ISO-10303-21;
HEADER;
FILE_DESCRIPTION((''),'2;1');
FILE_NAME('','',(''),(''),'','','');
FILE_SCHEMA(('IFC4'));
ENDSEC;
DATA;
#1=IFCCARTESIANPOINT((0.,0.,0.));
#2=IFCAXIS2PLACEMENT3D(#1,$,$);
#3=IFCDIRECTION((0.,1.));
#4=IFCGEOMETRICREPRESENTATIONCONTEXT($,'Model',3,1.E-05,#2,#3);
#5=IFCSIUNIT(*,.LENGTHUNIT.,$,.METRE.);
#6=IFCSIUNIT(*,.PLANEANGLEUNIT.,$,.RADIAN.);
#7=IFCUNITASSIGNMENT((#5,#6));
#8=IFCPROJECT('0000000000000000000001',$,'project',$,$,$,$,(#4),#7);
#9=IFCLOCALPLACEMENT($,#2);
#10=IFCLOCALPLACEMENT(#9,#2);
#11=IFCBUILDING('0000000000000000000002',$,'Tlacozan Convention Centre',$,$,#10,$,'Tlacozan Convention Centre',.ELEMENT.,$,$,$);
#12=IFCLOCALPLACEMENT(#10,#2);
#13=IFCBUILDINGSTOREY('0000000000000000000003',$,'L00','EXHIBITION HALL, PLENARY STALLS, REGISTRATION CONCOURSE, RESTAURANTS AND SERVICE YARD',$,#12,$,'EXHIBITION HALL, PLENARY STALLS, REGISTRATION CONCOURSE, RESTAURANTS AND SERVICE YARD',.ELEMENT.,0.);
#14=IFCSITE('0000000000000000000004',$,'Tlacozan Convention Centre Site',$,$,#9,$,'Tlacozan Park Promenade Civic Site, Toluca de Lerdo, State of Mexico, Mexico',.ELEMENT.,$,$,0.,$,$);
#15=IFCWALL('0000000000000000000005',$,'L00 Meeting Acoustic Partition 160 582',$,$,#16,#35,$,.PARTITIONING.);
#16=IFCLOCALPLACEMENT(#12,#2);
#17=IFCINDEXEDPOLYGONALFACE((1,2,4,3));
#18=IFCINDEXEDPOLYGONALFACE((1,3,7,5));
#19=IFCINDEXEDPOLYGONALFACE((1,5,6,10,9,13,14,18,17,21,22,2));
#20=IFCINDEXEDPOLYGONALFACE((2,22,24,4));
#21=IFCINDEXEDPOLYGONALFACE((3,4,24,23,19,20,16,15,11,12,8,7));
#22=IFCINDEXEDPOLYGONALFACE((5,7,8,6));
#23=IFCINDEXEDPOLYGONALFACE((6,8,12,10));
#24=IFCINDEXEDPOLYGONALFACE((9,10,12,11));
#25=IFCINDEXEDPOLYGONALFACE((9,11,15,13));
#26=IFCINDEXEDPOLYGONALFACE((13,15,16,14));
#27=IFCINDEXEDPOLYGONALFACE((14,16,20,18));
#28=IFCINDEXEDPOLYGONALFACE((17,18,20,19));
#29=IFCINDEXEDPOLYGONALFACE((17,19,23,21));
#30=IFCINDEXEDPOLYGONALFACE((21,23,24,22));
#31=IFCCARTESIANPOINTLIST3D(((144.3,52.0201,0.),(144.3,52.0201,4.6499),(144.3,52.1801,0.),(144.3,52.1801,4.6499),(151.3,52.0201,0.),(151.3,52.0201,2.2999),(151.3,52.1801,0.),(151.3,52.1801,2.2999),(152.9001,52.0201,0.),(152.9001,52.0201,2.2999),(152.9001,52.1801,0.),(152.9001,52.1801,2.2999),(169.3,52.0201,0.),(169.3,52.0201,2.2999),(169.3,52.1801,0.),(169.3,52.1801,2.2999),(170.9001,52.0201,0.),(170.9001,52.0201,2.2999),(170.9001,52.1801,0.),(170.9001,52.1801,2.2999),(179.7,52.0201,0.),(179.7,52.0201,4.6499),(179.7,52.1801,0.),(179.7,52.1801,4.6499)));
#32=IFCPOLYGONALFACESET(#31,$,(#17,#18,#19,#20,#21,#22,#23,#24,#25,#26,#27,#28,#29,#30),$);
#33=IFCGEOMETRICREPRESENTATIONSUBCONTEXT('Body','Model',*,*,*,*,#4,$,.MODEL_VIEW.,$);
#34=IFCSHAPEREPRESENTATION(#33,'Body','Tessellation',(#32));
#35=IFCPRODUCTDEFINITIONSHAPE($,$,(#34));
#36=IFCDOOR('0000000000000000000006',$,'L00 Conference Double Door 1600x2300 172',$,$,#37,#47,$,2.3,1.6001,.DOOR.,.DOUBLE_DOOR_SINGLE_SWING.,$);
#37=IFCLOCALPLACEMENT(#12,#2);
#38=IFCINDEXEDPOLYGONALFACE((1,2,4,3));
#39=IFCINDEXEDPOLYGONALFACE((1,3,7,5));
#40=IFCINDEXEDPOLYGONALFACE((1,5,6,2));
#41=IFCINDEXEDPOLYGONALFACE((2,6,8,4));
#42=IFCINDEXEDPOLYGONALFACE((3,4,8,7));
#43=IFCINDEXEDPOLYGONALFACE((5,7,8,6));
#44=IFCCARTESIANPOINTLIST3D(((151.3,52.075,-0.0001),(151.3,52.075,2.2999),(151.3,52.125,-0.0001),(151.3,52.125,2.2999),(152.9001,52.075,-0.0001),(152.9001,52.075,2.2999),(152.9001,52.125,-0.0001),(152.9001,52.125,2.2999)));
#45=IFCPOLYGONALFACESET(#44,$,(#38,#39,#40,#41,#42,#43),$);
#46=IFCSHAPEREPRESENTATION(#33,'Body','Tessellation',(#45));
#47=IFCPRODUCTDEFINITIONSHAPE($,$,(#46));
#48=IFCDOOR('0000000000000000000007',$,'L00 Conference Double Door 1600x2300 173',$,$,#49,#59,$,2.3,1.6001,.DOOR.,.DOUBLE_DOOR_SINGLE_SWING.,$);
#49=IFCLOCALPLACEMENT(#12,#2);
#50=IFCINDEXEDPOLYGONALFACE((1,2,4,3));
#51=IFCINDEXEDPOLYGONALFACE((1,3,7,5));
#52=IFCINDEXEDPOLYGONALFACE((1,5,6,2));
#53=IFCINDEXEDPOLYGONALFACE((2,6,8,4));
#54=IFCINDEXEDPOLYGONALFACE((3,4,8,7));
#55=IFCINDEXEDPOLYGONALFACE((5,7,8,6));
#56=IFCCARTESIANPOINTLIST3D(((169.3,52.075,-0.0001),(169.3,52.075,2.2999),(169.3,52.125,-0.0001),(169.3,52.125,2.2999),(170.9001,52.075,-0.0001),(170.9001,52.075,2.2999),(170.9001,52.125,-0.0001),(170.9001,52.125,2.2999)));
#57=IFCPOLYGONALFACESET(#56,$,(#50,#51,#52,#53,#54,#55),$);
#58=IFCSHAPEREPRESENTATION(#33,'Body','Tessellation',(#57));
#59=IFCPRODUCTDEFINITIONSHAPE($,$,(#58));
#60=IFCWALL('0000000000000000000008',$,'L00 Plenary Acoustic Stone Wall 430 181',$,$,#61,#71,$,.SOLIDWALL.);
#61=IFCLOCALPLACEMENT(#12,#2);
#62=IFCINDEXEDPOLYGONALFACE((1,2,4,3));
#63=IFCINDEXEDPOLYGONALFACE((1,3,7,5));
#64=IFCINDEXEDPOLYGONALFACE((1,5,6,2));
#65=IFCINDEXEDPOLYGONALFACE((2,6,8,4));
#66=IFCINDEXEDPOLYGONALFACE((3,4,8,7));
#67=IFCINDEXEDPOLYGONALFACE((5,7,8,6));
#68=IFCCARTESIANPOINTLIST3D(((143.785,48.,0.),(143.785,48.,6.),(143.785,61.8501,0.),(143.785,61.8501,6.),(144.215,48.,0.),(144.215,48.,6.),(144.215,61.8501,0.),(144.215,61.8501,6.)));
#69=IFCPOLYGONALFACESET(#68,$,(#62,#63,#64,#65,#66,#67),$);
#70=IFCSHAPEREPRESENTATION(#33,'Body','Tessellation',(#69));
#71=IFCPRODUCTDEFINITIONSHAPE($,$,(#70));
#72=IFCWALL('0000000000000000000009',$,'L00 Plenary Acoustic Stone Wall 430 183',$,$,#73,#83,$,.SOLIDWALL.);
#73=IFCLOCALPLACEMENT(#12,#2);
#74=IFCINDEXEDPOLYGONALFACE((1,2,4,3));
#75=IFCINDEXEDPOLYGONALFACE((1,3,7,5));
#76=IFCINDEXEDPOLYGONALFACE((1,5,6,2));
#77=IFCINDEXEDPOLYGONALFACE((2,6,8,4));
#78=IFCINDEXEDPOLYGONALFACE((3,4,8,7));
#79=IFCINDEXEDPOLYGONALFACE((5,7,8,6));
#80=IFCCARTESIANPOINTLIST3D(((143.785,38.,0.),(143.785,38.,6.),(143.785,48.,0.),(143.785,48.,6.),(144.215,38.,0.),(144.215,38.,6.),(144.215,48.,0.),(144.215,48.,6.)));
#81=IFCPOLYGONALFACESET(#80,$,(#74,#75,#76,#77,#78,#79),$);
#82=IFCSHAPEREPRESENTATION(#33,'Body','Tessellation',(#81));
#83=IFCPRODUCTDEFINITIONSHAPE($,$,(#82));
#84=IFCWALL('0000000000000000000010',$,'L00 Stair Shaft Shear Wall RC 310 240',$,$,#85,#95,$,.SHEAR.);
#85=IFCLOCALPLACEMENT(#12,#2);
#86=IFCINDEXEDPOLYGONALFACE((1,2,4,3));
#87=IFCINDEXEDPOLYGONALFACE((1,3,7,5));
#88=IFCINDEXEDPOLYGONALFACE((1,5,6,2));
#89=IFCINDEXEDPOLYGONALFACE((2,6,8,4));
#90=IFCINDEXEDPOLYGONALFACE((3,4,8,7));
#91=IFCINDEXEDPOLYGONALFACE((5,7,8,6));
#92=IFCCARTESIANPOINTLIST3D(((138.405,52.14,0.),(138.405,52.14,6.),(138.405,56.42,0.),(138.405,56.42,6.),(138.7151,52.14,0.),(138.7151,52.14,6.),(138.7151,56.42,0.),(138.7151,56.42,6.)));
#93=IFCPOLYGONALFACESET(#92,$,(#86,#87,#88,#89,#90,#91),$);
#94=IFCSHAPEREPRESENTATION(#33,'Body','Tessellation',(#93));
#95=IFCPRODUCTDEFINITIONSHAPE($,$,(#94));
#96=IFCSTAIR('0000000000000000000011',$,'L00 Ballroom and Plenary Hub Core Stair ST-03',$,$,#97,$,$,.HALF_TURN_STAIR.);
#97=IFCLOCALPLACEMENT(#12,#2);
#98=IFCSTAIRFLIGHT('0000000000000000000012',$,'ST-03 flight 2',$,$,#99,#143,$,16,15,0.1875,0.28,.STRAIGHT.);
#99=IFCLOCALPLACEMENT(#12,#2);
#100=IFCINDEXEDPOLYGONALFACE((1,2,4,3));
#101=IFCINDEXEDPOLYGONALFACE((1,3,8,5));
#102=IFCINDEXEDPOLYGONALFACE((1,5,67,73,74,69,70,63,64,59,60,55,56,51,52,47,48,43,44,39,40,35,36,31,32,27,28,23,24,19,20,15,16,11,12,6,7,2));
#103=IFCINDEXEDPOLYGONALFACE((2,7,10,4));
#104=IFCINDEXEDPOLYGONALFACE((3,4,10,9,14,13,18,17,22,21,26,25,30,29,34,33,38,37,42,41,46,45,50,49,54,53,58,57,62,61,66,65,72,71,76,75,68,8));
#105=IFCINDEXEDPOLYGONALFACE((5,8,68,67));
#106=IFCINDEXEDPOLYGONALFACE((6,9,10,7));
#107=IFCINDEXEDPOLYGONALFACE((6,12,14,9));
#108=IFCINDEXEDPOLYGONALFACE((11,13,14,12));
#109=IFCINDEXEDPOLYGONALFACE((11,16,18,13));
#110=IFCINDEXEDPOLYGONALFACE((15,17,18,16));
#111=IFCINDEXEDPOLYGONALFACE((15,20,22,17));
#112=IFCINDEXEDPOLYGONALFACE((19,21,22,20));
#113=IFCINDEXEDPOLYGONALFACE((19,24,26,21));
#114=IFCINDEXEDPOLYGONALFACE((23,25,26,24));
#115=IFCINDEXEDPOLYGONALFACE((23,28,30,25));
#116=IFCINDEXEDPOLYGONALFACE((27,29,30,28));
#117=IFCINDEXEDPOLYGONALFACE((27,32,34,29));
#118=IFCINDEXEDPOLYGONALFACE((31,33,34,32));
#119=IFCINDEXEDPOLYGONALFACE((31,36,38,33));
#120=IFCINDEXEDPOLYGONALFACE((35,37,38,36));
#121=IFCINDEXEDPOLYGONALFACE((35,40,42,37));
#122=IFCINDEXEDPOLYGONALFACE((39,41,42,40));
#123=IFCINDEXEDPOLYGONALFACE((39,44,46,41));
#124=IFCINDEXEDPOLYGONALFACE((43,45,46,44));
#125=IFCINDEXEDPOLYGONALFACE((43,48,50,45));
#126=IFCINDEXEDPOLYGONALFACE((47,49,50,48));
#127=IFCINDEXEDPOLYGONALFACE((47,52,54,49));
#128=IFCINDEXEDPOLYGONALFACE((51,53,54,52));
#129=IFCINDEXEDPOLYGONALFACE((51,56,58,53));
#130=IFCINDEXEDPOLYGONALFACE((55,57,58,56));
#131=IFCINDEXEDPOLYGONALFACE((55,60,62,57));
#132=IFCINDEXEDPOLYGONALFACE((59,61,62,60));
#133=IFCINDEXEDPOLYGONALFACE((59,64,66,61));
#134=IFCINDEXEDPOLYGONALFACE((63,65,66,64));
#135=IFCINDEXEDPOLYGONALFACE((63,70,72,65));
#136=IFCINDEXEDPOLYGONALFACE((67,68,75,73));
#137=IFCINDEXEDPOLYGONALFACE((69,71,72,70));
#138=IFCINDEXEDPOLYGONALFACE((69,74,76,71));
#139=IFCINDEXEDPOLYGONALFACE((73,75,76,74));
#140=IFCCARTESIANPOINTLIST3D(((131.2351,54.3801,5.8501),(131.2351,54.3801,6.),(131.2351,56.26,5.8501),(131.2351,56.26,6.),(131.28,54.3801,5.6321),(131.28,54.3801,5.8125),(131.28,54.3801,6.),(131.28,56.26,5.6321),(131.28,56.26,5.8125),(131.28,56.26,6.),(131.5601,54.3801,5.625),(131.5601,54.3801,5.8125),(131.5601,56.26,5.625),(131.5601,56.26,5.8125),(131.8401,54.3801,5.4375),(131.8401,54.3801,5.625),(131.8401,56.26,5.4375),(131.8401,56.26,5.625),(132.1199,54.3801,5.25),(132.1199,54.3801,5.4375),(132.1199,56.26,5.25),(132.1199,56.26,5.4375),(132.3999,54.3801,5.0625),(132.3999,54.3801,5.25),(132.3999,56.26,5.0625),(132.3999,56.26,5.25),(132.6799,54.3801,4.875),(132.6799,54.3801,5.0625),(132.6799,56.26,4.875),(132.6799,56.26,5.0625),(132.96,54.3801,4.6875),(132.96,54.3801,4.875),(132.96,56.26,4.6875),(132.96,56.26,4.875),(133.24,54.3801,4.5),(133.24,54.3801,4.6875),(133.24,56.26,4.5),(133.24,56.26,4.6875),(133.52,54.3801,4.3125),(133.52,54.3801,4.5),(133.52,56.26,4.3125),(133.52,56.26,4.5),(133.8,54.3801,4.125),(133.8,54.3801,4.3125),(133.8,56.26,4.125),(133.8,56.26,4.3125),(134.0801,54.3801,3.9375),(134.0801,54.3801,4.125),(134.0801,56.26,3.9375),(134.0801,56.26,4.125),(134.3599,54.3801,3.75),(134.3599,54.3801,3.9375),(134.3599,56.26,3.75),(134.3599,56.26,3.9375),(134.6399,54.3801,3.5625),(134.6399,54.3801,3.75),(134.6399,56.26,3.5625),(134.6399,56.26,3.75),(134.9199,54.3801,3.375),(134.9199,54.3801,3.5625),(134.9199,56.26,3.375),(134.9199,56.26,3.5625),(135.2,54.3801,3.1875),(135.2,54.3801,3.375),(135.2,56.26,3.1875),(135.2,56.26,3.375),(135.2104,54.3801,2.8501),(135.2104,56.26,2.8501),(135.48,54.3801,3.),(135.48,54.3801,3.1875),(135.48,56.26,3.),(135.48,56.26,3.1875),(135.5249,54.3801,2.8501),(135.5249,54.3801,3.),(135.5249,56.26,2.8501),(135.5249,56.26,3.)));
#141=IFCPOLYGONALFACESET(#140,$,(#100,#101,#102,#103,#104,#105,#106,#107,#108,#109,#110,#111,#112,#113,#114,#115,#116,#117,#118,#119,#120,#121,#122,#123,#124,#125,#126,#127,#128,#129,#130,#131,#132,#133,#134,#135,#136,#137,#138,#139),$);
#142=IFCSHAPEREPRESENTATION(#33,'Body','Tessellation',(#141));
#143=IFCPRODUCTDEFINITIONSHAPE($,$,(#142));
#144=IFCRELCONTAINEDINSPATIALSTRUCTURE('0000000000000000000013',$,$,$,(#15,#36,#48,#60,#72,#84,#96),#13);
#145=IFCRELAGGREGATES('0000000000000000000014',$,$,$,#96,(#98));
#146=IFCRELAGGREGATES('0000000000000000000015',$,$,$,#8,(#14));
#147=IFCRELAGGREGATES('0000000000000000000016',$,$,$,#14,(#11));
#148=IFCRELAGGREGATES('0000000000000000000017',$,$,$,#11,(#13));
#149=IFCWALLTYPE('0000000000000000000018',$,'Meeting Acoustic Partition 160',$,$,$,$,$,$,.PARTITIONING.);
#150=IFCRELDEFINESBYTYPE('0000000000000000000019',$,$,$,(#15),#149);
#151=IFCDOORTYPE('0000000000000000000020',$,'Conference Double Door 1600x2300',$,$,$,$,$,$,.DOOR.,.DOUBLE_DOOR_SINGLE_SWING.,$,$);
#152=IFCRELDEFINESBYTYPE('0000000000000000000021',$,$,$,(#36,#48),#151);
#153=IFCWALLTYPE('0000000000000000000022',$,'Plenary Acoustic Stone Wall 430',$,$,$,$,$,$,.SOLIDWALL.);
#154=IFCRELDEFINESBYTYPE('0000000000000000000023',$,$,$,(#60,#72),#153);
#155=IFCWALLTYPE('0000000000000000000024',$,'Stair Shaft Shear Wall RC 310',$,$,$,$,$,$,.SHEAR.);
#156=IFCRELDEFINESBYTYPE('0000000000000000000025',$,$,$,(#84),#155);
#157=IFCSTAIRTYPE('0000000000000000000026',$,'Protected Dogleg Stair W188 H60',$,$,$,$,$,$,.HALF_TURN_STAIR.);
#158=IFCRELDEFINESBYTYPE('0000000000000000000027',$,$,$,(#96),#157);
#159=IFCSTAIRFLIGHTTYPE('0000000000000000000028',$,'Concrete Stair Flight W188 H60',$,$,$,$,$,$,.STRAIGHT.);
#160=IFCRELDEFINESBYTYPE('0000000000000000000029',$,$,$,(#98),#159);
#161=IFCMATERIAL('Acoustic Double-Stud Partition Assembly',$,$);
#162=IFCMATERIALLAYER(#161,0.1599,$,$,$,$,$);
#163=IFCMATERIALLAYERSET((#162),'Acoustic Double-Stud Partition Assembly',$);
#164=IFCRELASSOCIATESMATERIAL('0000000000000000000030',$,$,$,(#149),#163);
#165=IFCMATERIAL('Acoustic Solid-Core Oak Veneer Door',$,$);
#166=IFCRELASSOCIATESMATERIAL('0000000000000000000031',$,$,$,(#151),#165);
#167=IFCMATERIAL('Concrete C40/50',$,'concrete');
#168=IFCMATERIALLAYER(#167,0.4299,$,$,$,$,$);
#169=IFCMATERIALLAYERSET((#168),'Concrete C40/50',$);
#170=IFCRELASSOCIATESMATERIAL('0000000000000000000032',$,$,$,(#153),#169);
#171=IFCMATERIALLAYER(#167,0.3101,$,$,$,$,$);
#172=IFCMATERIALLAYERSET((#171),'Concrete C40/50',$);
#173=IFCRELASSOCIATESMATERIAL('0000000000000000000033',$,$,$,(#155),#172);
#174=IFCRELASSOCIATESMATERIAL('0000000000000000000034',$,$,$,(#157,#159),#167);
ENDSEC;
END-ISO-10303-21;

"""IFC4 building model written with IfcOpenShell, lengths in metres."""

from ifc_helpers import new_model, si_unit, direction, frame, frame_2d, origin, place, context, subcontext, project, spatial, polyline, rectangle, outline, extrude, material, layer, layer_set, type_object, element, fill, aggregate, save


model = new_model("IFC4")

# Units and contexts
model_context = context("Model", 3, precision=1e-05, world=origin(), true_north=direction((0.0, 1.0)))
body_context = subcontext(model_context, "Body", "Model", "MODEL_VIEW")
ifc_project = project(units=[si_unit("LENGTHUNIT", "METRE"), si_unit("PLANEANGLEUNIT", "RADIAN")], contexts=[model_context])

# Site, building, storey
site_placement = place(None, origin())
site = spatial("IfcSite", under=ifc_project, at=site_placement, Name="Tlacozan Convention Centre Site", LongName="Tlacozan Park Promenade Civic Site, Toluca de Lerdo, State of Mexico, Mexico", CompositionType="ELEMENT", RefElevation=0.0)
building_placement = place(site_placement, origin())
building = spatial("IfcBuilding", under=site, at=building_placement, Name="Tlacozan Convention Centre", LongName="Tlacozan Convention Centre", CompositionType="ELEMENT")
storey_placement = place(building_placement, origin())
storey = spatial("IfcBuildingStorey", under=building, at=storey_placement, Name="L00", Description="EXHIBITION HALL, PLENARY STALLS, REGISTRATION CONCOURSE, RESTAURANTS AND SERVICE YARD", LongName="EXHIBITION HALL, PLENARY STALLS, REGISTRATION CONCOURSE, RESTAURANTS AND SERVICE YARD", CompositionType="ELEMENT", Elevation=0.0)

# Shared definitions
ifc_material_1 = material(Name="Concrete C40/50", Category="concrete")

# Wall, openings, doors
ifc_material_2 = material(Name="Acoustic Double-Stud Partition Assembly")
ifc_layer_1 = layer(ifc_material_2, 0.1599)
ifc_layer_set_1 = layer_set([ifc_layer_1], Name="Acoustic Double-Stud Partition Assembly")
wall_type_1 = type_object("IfcWallType", Name="Meeting Acoustic Partition 160", PredefinedType="PARTITIONING", material=ifc_layer_set_1)
wall_1_placement = place(storey_placement, frame((144.3, 52.1001, 0.0), z_axis=(0.0, 0.0, 1.0), x_axis=(1.0, 0.0, 0.0)))
wall_1 = element("IfcWall", 1, at=wall_1_placement, inside=storey, type_object=wall_type_1, Name="L00 Meeting Acoustic Partition 160 582", PredefinedType="PARTITIONING", context=body_context, shape_type="SweptSolid", body=[
    extrude(rectangle(XDim=35.3999, YDim=0.1599, at=frame_2d((17.7, 0.0))), origin(), (0.0, 0.0, 1.0), 4.6499),
])
opening_1_placement = place(wall_1_placement, frame((7.0, 0.0, 0.0)))
opening_1 = element("IfcOpeningElement", 2, at=opening_1_placement, cuts=wall_1, PredefinedType="OPENING", context=body_context, shape_type="SweptSolid", body=[
    extrude(rectangle(XDim=1.6001, YDim=2.3, at=frame_2d((0.8, 1.1499))), frame((0.0, 0.0898, 0.0), z_axis=(0.0, -1.0, 0.0), x_axis=(1.0, 0.0, 0.0)), (0.0, 0.0, 1.0), 0.1799),
])
opening_2_placement = place(wall_1_placement, frame((25.0, 0.0, 0.0)))
opening_2 = element("IfcOpeningElement", 3, at=opening_2_placement, cuts=wall_1, PredefinedType="OPENING", context=body_context, shape_type="SweptSolid", body=[
    extrude(rectangle(XDim=1.6001, YDim=2.3, at=frame_2d((0.8, 1.1499))), frame((0.0, 0.0898, 0.0), z_axis=(0.0, -1.0, 0.0), x_axis=(1.0, 0.0, 0.0)), (0.0, 0.0, 1.0), 0.1799),
])
ifc_material_3 = material(Name="Acoustic Solid-Core Oak Veneer Door")
door_type_1 = type_object("IfcDoorType", Name="Conference Double Door 1600x2300", OperationType="DOUBLE_DOOR_SINGLE_SWING", PredefinedType="DOOR", material=ifc_material_3)
door_1_placement = place(opening_1_placement, origin())
door_1 = element("IfcDoor", 4, at=door_1_placement, inside=storey, type_object=door_type_1, Name="L00 Conference Double Door 1600x2300 172", OperationType="DOUBLE_DOOR_SINGLE_SWING", OverallHeight=2.3, OverallWidth=1.6001, PredefinedType="DOOR", context=body_context, shape_type="SweptSolid", body=[
    extrude(rectangle(XDim=1.6001, YDim=2.3, at=frame_2d((0.8, 1.1499))), frame((0.0, 0.0249, 0.0), z_axis=(0.0, -1.0, 0.0), x_axis=(1.0, 0.0, 0.0)), (0.0, 0.0, 1.0), 0.05),
])
fill(opening_1, door_1)
door_2_placement = place(opening_2_placement, origin())
door_2 = element("IfcDoor", 5, at=door_2_placement, inside=storey, type_object=door_type_1, Name="L00 Conference Double Door 1600x2300 173", OperationType="DOUBLE_DOOR_SINGLE_SWING", OverallHeight=2.3, OverallWidth=1.6001, PredefinedType="DOOR", context=body_context, shape_type="SweptSolid", body=[
    extrude(rectangle(XDim=1.6001, YDim=2.3, at=frame_2d((0.8, 1.1499))), frame((0.0, 0.0249, 0.0), z_axis=(0.0, -1.0, 0.0), x_axis=(1.0, 0.0, 0.0)), (0.0, 0.0, 1.0), 0.05),
])
fill(opening_2, door_2)

# Walls
ifc_layer_2 = layer(ifc_material_1, 0.4299)
ifc_layer_set_2 = layer_set([ifc_layer_2], Name="Concrete C40/50")
wall_type_2 = type_object("IfcWallType", Name="Plenary Acoustic Stone Wall 430", PredefinedType="SOLIDWALL", material=ifc_layer_set_2)
wall_2_placement = place(storey_placement, frame((144.0, 48.0, 0.0), z_axis=(0.0, 0.0, 1.0), x_axis=(0.0, 1.0, 0.0)))
element("IfcWall", 6, at=wall_2_placement, inside=storey, type_object=wall_type_2, Name="L00 Plenary Acoustic Stone Wall 430 181", PredefinedType="SOLIDWALL", context=body_context, shape_type="SweptSolid", body=[
    extrude(rectangle(XDim=13.8501, YDim=0.4299, at=frame_2d((6.925, 0.0))), origin(), (0.0, 0.0, 1.0), 6.0),
])
wall_3_placement = place(storey_placement, frame((144.0, 38.0, 0.0), z_axis=(0.0, 0.0, 1.0), x_axis=(0.0, 1.0, 0.0)))
element("IfcWall", 7, at=wall_3_placement, inside=storey, type_object=wall_type_2, Name="L00 Plenary Acoustic Stone Wall 430 183", PredefinedType="SOLIDWALL", context=body_context, shape_type="SweptSolid", body=[
    extrude(rectangle(XDim=10.0, YDim=0.4299, at=frame_2d((5.0, 0.0))), origin(), (0.0, 0.0, 1.0), 6.0),
])
ifc_layer_3 = layer(ifc_material_1, 0.3101)
ifc_layer_set_3 = layer_set([ifc_layer_3], Name="Concrete C40/50")
wall_type_3 = type_object("IfcWallType", Name="Stair Shaft Shear Wall RC 310", PredefinedType="SHEAR", material=ifc_layer_set_3)
wall_4_placement = place(storey_placement, frame((138.5601, 52.1399, 0.0), z_axis=(0.0, 0.0, 1.0), x_axis=(0.0, 1.0, 0.0)))
element("IfcWall", 8, at=wall_4_placement, inside=storey, type_object=wall_type_3, Name="L00 Stair Shaft Shear Wall RC 310 240", PredefinedType="SHEAR", context=body_context, shape_type="SweptSolid", body=[
    extrude(rectangle(XDim=4.28, YDim=0.3101, at=frame_2d((2.1401, 0.0))), origin(), (0.0, 0.0, 1.0), 6.0),
])

# Stair, stair flight
stair_type = type_object("IfcStairType", Name="Protected Dogleg Stair W188 H60", PredefinedType="HALF_TURN_STAIR", material=ifc_material_1)
stair_placement = place(storey_placement, origin())
stair = element("IfcStair", 9, at=stair_placement, inside=storey, type_object=stair_type, Name="L00 Ballroom and Plenary Hub Core Stair ST-03", PredefinedType="HALF_TURN_STAIR")
stair_flight_type = type_object("IfcStairFlightType", Name="Concrete Stair Flight W188 H60", PredefinedType="STRAIGHT", material=ifc_material_1)
stair_flight_placement = place(storey_placement, frame((135.48, 55.3201, 3.0), z_axis=(0.0, 0.0, 1.0), x_axis=(-1.0, 0.0, 0.0)))
stair_flight = element("IfcStairFlight", 10, at=stair_flight_placement, type_object=stair_flight_type, Name="ST-03 flight 2", NumberOfRisers=16, NumberOfTreads=15, PredefinedType="STRAIGHT", RiserHeight=0.1875, TreadLength=0.28, context=body_context, shape_type="SweptSolid", body=[
    extrude(outline(polyline([(-0.0449, -0.1499), (-0.0449, 0.0), (0.0, 0.0), (0.0, 0.1875), (0.28, 0.1875), (0.28, 0.375), (0.5601, 0.375), (0.5601, 0.5625), (0.8401, 0.5625), (0.8401, 0.75), (1.1201, 0.75), (1.1201, 0.9375), (1.3999, 0.9375), (1.3999, 1.125), (1.6799, 1.125), (1.6799, 1.3125), (1.96, 1.3125), (1.96, 1.5), (2.24, 1.5), (2.24, 1.6875), (2.52, 1.6875), (2.52, 1.875), (2.8, 1.875), (2.8, 2.0625), (3.0801, 2.0625), (3.0801, 2.25), (3.3601, 2.25), (3.3601, 2.4375), (3.6399, 2.4375), (3.6399, 2.625), (3.9199, 2.625), (3.9199, 2.8125), (4.2, 2.8125), (4.2, 3.0), (4.2449, 3.0), (4.2449, 2.8501), (4.2, 2.6321), (0.2695, -0.1499), (-0.0449, -0.1499)])), frame((0.0, 0.9399, 0.0), z_axis=(0.0, -1.0, 0.0), x_axis=(1.0, 0.0, 0.0)), (0.0, 0.0, 1.0), 1.8799),
])
aggregate(stair, [stair_flight])

save(model, "model.ifc")
